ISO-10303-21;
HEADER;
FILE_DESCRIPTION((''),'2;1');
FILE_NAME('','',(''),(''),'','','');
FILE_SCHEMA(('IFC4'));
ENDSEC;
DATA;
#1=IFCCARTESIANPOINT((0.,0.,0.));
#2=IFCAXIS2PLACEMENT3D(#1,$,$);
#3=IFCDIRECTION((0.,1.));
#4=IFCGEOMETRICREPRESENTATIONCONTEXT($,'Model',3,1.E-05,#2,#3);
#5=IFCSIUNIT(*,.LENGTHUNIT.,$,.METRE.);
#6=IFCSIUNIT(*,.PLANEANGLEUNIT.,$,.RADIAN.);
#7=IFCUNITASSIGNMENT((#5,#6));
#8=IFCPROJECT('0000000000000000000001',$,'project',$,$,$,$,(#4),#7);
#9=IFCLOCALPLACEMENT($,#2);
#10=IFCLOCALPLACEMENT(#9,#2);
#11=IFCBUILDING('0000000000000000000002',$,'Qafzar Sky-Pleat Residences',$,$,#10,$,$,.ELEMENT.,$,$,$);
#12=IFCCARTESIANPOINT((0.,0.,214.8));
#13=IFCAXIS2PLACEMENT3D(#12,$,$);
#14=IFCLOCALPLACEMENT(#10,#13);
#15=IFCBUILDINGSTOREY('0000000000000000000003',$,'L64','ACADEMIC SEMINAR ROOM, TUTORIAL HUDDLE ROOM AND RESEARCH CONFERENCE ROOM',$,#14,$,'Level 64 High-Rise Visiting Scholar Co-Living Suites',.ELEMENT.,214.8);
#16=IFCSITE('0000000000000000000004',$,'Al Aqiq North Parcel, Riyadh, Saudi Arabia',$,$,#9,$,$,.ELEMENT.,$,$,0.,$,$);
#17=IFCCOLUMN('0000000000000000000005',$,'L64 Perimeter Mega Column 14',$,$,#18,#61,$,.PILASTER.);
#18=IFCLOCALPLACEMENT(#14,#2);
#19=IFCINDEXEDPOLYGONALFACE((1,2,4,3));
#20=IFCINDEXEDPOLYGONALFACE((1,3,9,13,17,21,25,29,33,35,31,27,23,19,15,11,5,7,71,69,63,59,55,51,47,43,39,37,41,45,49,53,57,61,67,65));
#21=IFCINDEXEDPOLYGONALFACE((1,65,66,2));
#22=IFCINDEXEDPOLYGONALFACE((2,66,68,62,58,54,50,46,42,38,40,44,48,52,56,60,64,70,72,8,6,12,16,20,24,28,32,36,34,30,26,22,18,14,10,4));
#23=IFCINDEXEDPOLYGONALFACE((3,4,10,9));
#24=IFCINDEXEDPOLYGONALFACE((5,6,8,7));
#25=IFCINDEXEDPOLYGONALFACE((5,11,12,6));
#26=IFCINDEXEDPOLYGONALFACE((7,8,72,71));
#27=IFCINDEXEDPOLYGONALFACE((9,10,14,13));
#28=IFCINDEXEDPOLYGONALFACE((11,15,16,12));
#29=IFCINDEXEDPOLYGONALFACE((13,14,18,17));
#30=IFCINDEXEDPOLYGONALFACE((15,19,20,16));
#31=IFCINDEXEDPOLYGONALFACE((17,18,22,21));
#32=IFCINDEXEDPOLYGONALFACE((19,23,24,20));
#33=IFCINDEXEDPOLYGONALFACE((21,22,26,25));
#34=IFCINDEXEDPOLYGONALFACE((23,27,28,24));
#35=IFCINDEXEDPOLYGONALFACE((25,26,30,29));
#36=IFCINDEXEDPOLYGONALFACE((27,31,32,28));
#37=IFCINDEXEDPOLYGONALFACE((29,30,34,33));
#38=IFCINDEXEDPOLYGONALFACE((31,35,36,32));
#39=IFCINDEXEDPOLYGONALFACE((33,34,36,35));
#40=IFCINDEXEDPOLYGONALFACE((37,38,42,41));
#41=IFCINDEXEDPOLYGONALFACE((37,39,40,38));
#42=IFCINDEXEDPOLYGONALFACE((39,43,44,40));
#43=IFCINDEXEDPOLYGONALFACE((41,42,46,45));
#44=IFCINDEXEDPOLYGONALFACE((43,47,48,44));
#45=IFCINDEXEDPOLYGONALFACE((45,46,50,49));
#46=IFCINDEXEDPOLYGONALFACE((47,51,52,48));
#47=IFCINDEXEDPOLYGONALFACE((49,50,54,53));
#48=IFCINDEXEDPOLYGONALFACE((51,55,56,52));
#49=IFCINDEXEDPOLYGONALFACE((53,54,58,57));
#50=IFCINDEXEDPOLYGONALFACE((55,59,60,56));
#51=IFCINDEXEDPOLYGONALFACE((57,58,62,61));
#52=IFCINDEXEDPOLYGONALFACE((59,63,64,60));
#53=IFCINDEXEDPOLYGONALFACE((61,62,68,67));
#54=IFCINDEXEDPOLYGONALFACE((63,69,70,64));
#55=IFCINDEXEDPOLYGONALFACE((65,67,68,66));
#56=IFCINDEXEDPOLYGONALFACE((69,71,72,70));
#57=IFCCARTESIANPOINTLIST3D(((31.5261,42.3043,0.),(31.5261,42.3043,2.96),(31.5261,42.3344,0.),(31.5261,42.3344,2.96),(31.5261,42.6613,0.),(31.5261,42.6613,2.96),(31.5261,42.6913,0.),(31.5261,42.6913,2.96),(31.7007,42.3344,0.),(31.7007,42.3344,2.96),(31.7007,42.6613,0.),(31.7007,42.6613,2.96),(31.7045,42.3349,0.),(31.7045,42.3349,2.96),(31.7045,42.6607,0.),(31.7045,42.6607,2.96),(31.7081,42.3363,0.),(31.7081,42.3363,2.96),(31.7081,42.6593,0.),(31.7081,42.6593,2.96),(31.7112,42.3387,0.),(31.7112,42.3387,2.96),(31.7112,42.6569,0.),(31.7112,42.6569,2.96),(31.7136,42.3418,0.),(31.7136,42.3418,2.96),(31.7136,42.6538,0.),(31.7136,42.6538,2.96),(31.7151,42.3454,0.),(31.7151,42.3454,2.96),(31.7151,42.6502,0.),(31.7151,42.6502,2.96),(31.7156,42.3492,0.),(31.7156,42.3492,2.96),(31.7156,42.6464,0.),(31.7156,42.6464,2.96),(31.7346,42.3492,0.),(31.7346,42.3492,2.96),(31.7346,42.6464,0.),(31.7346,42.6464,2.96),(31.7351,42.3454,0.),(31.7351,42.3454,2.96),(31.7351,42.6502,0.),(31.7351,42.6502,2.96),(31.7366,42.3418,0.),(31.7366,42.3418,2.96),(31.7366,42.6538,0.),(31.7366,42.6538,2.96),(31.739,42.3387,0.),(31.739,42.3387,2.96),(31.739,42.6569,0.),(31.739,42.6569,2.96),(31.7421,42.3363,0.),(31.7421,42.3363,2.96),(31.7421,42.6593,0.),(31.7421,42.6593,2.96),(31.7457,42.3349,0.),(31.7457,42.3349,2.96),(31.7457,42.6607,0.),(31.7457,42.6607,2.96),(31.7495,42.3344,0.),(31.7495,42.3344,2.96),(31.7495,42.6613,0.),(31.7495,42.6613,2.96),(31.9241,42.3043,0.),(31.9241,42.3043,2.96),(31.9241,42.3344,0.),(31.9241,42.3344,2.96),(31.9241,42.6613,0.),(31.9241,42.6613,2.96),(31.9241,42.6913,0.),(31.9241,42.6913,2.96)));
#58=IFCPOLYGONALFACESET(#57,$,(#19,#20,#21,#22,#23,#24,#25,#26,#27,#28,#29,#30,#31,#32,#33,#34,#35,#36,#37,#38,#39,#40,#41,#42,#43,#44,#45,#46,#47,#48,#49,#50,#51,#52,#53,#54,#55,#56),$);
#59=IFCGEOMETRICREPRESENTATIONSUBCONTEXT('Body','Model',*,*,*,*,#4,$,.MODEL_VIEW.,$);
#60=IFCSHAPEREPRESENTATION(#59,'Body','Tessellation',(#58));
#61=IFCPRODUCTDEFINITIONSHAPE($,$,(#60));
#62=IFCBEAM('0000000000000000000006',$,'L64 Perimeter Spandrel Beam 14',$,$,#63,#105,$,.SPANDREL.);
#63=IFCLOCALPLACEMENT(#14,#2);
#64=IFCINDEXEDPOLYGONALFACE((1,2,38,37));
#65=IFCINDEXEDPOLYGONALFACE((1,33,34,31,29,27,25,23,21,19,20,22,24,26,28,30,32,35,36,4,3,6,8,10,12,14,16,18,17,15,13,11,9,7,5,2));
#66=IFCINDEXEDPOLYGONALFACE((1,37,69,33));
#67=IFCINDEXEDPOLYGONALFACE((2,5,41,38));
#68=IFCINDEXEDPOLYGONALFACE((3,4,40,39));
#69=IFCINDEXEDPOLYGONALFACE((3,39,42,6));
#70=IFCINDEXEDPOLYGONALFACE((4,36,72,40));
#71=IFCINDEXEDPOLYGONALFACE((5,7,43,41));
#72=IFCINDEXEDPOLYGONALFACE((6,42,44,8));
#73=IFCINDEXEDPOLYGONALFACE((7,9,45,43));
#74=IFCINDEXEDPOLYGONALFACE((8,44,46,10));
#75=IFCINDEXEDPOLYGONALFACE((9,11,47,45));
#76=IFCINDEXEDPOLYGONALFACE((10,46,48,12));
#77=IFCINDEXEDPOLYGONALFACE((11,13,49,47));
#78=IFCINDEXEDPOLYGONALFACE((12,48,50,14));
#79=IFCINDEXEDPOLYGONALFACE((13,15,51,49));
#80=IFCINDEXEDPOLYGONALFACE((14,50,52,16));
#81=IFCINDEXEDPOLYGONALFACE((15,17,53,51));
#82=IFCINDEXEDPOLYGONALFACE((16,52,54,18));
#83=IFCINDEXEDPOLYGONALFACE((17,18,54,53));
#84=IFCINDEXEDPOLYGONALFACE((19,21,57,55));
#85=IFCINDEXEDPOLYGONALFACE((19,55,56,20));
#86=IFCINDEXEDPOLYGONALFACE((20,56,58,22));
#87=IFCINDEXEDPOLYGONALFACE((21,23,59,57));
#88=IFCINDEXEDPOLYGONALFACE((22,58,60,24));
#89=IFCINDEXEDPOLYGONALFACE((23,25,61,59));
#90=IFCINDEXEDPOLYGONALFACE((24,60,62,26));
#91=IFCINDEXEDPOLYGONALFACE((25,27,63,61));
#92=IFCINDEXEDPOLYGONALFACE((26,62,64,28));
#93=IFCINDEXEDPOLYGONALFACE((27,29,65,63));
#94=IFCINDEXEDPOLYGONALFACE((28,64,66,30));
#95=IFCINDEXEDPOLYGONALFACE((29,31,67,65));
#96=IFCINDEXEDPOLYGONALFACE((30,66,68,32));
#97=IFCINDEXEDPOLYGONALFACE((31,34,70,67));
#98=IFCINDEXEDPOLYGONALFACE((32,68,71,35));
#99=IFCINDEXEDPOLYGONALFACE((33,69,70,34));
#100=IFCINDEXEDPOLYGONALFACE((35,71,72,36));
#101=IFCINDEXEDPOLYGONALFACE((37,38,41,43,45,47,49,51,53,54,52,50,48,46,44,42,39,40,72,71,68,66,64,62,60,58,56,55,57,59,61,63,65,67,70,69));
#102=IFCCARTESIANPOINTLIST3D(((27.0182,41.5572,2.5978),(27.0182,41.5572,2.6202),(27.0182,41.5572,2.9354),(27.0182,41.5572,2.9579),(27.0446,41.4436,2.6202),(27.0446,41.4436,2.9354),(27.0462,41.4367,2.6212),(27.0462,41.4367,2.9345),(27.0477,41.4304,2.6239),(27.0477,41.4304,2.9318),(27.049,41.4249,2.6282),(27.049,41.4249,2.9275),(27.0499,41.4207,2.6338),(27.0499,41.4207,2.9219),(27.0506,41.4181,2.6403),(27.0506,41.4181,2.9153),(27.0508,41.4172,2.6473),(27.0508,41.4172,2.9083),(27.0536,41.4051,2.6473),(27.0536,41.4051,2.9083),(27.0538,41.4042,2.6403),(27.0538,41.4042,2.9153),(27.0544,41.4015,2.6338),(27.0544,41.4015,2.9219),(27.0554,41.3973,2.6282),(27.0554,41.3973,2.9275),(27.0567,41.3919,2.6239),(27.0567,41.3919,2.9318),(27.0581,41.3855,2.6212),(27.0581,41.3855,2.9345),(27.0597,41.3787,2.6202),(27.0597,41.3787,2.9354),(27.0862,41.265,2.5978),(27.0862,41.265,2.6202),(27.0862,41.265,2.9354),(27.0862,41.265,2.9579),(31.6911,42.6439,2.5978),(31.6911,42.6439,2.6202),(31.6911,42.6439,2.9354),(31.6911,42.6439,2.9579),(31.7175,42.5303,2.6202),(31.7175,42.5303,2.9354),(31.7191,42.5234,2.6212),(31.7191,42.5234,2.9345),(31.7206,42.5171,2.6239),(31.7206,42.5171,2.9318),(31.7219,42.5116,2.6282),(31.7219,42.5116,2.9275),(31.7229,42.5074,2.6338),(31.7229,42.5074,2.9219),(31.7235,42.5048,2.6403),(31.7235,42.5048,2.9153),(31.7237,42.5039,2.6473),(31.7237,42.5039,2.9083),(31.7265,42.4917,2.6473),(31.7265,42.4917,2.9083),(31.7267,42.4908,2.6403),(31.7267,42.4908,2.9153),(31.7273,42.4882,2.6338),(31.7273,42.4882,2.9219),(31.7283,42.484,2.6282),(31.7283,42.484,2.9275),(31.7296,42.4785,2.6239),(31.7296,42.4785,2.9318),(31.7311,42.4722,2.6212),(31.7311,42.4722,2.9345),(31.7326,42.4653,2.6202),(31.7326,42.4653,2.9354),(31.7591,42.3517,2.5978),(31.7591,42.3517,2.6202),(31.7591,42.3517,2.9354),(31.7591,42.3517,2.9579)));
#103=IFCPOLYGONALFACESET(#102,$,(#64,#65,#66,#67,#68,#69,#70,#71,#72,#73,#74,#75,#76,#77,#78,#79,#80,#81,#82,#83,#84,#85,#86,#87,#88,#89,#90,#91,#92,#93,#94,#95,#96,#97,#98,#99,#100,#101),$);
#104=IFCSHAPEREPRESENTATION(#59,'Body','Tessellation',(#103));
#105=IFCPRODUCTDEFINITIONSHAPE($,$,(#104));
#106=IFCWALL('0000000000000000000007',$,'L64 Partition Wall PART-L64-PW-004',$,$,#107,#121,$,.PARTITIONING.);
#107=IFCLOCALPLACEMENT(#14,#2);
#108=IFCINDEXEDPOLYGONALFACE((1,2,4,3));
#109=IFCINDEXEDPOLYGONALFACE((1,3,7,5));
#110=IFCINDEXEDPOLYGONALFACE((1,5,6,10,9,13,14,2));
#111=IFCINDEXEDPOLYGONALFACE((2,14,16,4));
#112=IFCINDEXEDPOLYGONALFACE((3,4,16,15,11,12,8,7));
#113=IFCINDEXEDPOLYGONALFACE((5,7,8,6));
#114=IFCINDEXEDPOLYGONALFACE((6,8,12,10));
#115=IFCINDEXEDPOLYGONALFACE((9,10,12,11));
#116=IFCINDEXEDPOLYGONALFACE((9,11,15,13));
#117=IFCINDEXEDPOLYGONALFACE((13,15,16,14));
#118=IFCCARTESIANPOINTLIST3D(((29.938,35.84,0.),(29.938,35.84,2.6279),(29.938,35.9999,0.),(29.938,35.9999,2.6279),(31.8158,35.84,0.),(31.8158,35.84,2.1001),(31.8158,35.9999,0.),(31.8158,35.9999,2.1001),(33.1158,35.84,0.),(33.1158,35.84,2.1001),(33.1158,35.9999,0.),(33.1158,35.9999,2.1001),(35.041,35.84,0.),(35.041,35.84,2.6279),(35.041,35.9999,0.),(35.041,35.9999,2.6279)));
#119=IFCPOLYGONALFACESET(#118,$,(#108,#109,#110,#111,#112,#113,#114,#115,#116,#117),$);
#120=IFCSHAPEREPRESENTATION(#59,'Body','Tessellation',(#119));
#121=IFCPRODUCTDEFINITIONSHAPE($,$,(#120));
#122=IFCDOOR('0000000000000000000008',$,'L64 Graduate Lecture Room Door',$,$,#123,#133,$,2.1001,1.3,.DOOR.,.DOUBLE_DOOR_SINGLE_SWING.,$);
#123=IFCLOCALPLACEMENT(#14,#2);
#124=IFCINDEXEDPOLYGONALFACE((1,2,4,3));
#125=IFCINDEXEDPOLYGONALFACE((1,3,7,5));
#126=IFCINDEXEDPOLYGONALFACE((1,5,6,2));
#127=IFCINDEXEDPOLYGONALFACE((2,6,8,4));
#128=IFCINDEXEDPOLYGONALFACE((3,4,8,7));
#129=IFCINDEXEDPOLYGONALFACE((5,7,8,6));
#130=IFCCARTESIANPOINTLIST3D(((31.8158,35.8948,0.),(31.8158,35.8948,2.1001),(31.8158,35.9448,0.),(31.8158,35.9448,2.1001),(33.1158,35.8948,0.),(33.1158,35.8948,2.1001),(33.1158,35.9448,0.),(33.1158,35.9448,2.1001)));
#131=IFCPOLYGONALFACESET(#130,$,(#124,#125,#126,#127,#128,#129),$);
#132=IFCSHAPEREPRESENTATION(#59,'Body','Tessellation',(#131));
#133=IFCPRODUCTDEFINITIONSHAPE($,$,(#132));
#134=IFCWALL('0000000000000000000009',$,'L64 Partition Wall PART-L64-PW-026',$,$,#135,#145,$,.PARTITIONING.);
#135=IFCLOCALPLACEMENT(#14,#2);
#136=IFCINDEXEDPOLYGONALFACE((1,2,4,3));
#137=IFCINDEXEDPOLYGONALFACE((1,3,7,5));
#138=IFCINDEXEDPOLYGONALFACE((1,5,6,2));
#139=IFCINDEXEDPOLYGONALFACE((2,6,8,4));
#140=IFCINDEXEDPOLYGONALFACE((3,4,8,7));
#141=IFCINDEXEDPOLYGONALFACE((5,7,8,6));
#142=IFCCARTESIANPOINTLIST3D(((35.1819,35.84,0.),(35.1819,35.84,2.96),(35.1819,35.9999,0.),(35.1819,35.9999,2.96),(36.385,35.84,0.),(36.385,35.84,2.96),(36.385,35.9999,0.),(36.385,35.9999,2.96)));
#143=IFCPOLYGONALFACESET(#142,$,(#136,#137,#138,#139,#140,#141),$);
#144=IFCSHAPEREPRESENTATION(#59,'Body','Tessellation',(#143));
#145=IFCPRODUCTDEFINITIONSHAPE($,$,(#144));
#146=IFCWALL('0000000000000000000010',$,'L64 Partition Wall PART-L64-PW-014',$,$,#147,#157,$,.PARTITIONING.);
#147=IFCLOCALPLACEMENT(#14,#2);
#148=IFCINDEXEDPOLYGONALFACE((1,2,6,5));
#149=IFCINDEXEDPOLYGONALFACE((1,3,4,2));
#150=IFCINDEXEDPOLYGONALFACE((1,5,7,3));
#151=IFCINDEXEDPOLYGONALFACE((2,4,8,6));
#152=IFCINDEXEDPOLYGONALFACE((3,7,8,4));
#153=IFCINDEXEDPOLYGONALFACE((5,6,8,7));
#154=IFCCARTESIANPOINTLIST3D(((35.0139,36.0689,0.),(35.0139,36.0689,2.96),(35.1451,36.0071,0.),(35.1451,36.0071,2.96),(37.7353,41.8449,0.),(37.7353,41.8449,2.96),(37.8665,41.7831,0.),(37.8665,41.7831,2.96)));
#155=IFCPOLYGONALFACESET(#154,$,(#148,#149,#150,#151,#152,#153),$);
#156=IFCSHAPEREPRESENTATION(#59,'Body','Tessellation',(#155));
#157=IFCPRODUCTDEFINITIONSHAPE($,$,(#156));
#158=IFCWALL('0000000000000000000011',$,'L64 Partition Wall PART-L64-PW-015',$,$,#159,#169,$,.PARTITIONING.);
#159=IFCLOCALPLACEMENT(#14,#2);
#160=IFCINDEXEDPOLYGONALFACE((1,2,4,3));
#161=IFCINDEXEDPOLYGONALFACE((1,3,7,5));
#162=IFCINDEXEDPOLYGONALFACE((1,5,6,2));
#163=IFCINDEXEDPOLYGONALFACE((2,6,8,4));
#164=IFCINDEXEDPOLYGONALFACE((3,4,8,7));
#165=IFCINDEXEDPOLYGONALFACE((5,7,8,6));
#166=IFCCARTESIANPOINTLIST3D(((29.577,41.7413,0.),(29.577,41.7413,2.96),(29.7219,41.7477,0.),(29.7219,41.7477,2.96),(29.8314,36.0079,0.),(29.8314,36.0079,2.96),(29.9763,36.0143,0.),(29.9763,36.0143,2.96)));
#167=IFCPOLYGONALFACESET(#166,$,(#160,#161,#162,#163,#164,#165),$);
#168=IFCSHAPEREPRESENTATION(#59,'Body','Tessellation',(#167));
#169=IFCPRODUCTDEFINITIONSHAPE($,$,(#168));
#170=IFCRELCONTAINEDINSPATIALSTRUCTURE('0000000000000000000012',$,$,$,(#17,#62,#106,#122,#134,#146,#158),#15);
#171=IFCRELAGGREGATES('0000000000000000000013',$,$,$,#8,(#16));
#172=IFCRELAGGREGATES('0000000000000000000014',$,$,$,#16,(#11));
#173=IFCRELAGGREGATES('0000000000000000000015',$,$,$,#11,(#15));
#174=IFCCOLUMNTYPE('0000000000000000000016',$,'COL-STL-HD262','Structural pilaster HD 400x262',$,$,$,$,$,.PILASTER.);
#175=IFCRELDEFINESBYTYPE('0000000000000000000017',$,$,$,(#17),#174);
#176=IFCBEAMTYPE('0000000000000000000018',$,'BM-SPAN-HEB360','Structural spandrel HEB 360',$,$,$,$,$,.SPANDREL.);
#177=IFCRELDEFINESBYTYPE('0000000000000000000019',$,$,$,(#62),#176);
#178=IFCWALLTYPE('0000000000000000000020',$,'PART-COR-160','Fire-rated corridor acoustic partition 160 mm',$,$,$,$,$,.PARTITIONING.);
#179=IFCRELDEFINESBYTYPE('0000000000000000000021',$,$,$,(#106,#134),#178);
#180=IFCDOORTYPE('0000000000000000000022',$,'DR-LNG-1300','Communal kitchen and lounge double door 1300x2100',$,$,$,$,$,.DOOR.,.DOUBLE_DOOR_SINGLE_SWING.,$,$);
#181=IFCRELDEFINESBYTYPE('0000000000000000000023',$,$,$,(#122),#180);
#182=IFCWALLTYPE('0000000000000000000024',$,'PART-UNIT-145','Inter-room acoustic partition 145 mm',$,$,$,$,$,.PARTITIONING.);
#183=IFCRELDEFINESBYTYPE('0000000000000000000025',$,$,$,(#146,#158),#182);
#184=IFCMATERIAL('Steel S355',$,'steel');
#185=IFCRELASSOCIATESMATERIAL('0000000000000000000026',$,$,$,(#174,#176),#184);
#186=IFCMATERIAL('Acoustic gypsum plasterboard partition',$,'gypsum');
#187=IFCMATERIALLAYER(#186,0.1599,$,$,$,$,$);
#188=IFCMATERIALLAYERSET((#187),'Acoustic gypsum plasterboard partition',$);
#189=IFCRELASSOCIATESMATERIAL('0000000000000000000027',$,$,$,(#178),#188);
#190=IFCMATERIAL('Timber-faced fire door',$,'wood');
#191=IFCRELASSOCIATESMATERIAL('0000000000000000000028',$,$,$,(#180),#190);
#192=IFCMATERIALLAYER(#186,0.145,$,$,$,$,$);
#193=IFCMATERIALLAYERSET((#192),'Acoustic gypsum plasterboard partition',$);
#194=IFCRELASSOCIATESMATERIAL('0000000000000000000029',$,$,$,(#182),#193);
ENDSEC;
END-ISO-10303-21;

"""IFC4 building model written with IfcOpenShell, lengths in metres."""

from ifc_helpers import new_model, si_unit, direction, frame, frame_2d, origin, origin_2d, place, context, subcontext, project, spatial, rectangle, i_section, extrude, source, transform, mapped, material, layer, layer_set, material_profile, profile_set, type_object, element, fill, save


model = new_model("IFC4")

# Units and contexts
model_context = context("Model", 3, precision=1e-05, world=origin(), true_north=direction((0.0, 1.0)))
body_context = subcontext(model_context, "Body", "Model", "MODEL_VIEW")
ifc_project = project(units=[si_unit("LENGTHUNIT", "METRE"), si_unit("PLANEANGLEUNIT", "RADIAN")], contexts=[model_context])

# Site, building, storey
site_placement = place(None, origin())
site = spatial("IfcSite", under=ifc_project, at=site_placement, Name="Al Aqiq North Parcel, Riyadh, Saudi Arabia", CompositionType="ELEMENT", RefElevation=0.0)
building_placement = place(site_placement, origin())
building = spatial("IfcBuilding", under=site, at=building_placement, Name="Qafzar Sky-Pleat Residences", CompositionType="ELEMENT")
storey_placement = place(building_placement, frame((0.0, 0.0, 214.8)))
storey = spatial("IfcBuildingStorey", under=building, at=storey_placement, Name="L64", Description="ACADEMIC SEMINAR ROOM, TUTORIAL HUDDLE ROOM AND RESEARCH CONFERENCE ROOM", LongName="Level 64 High-Rise Visiting Scholar Co-Living Suites", CompositionType="ELEMENT", Elevation=214.8)

# Column
ifc_material_1 = material(Name="Steel S355", Category="steel")
ifc_material_profile_1 = material_profile(ifc_material_1, i_section(OverallWidth=0.3979, OverallDepth=0.387, WebThickness=0.019, FlangeThickness=0.03, FilletRadius=0.0149, at=origin_2d()), Name="HD 400x262")
ifc_profile_set_1 = profile_set([ifc_material_profile_1], Name="Steel S355")
column_type = type_object("IfcColumnType", Name="COL-STL-HD262", Description="Structural pilaster HD 400x262", PredefinedType="PILASTER", material=ifc_profile_set_1)
shared_shape_1 = source(origin(), body_context, "Body", "SweptSolid", [
    extrude(i_section(OverallWidth=0.3979, OverallDepth=0.387, WebThickness=0.019, FlangeThickness=0.03, FilletRadius=0.0149, at=origin_2d()), origin(), (0.0, 0.0, 1.0), 2.96),
])
column_placement = place(storey_placement, frame((31.7251, 42.4978, 0.0), z_axis=(0.0, 0.0, 1.0), x_axis=(1.0, 0.0, 0.0)))
element("IfcColumn", 1, at=column_placement, inside=storey, type_object=column_type, Name="L64 Perimeter Mega Column 14", PredefinedType="PILASTER", context=body_context, shape_type="MappedRepresentation", body=[
    mapped(shared_shape_1, transform((0.0, 0.0, 0.0), x_axis=(1.0, 0.0, 0.0), y_axis=(0.0, 1.0, 0.0), z_axis=(0.0, 0.0, 1.0), scale=1.0)),
])

# Beam
ifc_material_profile_2 = material_profile(ifc_material_1, i_section(OverallWidth=0.3, OverallDepth=0.3601, WebThickness=0.0125, FlangeThickness=0.0225, FilletRadius=0.0271, at=origin_2d()), Name="HEB 360")
ifc_profile_set_2 = profile_set([ifc_material_profile_2], Name="Steel S355")
beam_type = type_object("IfcBeamType", Name="BM-SPAN-HEB360", Description="Structural spandrel HEB 360", PredefinedType="SPANDREL", material=ifc_profile_set_2)
shared_shape_2 = source(origin(), body_context, "Body", "SweptSolid", [
    extrude(i_section(OverallWidth=0.3, OverallDepth=0.3601, WebThickness=0.0125, FlangeThickness=0.0225, FilletRadius=0.0271, at=origin_2d()), origin(), (0.0, 0.0, 1.0), 4.7976),
])
beam_placement = place(storey_placement, frame((31.7251, 42.4978, 2.7778), z_axis=(-0.97401, -0.226506, 0.0), x_axis=(0.226506, -0.97401, 0.0)))
element("IfcBeam", 2, at=beam_placement, inside=storey, type_object=beam_type, Name="L64 Perimeter Spandrel Beam 14", PredefinedType="SPANDREL", context=body_context, shape_type="MappedRepresentation", body=[
    mapped(shared_shape_2, transform((0.0, 0.0, 0.0), x_axis=(1.0, 0.0, 0.0), y_axis=(0.0, 1.0, 0.0), z_axis=(0.0, 0.0, 1.0), scale=1.0)),
])

# Wall, opening, door
ifc_material_2 = material(Name="Acoustic gypsum plasterboard partition", Category="gypsum")
ifc_layer_1 = layer(ifc_material_2, 0.1599)
ifc_layer_set_1 = layer_set([ifc_layer_1], Name="Acoustic gypsum plasterboard partition")
wall_type_1 = type_object("IfcWallType", Name="PART-COR-160", Description="Fire-rated corridor acoustic partition 160 mm", PredefinedType="PARTITIONING", material=ifc_layer_set_1)
wall_1_placement = place(storey_placement, frame((29.938, 35.9199, 0.0), z_axis=(0.0, 0.0, 1.0), x_axis=(1.0, 0.0, 0.0)))
wall_1 = element("IfcWall", 3, at=wall_1_placement, inside=storey, type_object=wall_type_1, Name="L64 Partition Wall PART-L64-PW-004", PredefinedType="PARTITIONING", context=body_context, shape_type="SweptSolid", body=[
    extrude(rectangle(XDim=5.103, YDim=0.1599, at=frame_2d((2.5515, 0.0))), origin(), (0.0, 0.0, 1.0), 2.6279),
])
opening_1_placement = place(wall_1_placement, frame((1.8779, 0.0, 0.0)))
opening_1 = element("IfcOpeningElement", 4, at=opening_1_placement, cuts=wall_1, PredefinedType="OPENING", context=body_context, shape_type="SweptSolid", body=[
    extrude(rectangle(XDim=1.3, YDim=2.1001, at=frame_2d((0.6499, 1.05))), frame((0.0, 0.0898, 0.0), z_axis=(0.0, -1.0, 0.0), x_axis=(1.0, 0.0, 0.0)), (0.0, 0.0, 1.0), 0.1799),
])
ifc_material_3 = material(Name="Timber-faced fire door", Category="wood")
door_type = type_object("IfcDoorType", Name="DR-LNG-1300", Description="Communal kitchen and lounge double door 1300x2100", OperationType="DOUBLE_DOOR_SINGLE_SWING", PredefinedType="DOOR", material=ifc_material_3)
shared_shape_3 = source(origin(), body_context, "Body", "SweptSolid", [
    extrude(rectangle(XDim=1.3, YDim=2.1001, at=frame_2d((0.6499, 1.05))), frame((0.0, 0.0249, 0.0), z_axis=(0.0, -1.0, 0.0), x_axis=(1.0, 0.0, 0.0)), (0.0, 0.0, 1.0), 0.05),
])
door_placement = place(opening_1_placement, origin())
door = element("IfcDoor", 5, at=door_placement, inside=storey, type_object=door_type, Name="L64 Graduate Lecture Room Door", OperationType="DOUBLE_DOOR_SINGLE_SWING", OverallHeight=2.1001, OverallWidth=1.3, PredefinedType="DOOR", context=body_context, shape_type="MappedRepresentation", body=[
    mapped(shared_shape_3, transform((0.0, 0.0, 0.0), x_axis=(1.0, 0.0, 0.0), y_axis=(0.0, 1.0, 0.0), z_axis=(0.0, 0.0, 1.0), scale=1.0)),
])
fill(opening_1, door)

# Walls
wall_2_placement = place(storey_placement, frame((35.1819, 35.9199, 0.0), z_axis=(0.0, 0.0, 1.0), x_axis=(1.0, 0.0, 0.0)))
element("IfcWall", 6, at=wall_2_placement, inside=storey, type_object=wall_type_1, Name="L64 Partition Wall PART-L64-PW-026", PredefinedType="PARTITIONING", context=body_context, shape_type="SweptSolid", body=[
    extrude(rectangle(XDim=1.2031, YDim=0.1599, at=frame_2d((0.6016, 0.0))), origin(), (0.0, 0.0, 1.0), 2.96),
])
ifc_layer_2 = layer(ifc_material_2, 0.145)
ifc_layer_set_2 = layer_set([ifc_layer_2], Name="Acoustic gypsum plasterboard partition")
wall_type_2 = type_object("IfcWallType", Name="PART-UNIT-145", Description="Inter-room acoustic partition 145 mm", PredefinedType="PARTITIONING", material=ifc_layer_set_2)
wall_3_placement = place(storey_placement, frame((35.0796, 36.0381, 0.0), z_axis=(0.0, 0.0, 1.0), x_axis=(0.426215, 0.904622, 0.0)))
element("IfcWall", 7, at=wall_3_placement, inside=storey, type_object=wall_type_2, Name="L64 Partition Wall PART-L64-PW-014", PredefinedType="PARTITIONING", context=body_context, shape_type="SweptSolid", body=[
    extrude(rectangle(XDim=6.385, YDim=0.145, at=frame_2d((3.1924, 0.0))), origin(), (0.0, 0.0, 1.0), 2.96),
])
wall_4_placement = place(storey_placement, frame((29.6494, 41.7446, 0.0), z_axis=(0.0, 0.0, 1.0), x_axis=(0.044327, -0.999017, 0.0)))
element("IfcWall", 8, at=wall_4_placement, inside=storey, type_object=wall_type_2, Name="L64 Partition Wall PART-L64-PW-015", PredefinedType="PARTITIONING", context=body_context, shape_type="SweptSolid", body=[
    extrude(rectangle(XDim=5.739, YDim=0.145, at=frame_2d((2.8696, 0.0))), origin(), (0.0, 0.0, 1.0), 2.96),
])

save(model, "model.ifc")
